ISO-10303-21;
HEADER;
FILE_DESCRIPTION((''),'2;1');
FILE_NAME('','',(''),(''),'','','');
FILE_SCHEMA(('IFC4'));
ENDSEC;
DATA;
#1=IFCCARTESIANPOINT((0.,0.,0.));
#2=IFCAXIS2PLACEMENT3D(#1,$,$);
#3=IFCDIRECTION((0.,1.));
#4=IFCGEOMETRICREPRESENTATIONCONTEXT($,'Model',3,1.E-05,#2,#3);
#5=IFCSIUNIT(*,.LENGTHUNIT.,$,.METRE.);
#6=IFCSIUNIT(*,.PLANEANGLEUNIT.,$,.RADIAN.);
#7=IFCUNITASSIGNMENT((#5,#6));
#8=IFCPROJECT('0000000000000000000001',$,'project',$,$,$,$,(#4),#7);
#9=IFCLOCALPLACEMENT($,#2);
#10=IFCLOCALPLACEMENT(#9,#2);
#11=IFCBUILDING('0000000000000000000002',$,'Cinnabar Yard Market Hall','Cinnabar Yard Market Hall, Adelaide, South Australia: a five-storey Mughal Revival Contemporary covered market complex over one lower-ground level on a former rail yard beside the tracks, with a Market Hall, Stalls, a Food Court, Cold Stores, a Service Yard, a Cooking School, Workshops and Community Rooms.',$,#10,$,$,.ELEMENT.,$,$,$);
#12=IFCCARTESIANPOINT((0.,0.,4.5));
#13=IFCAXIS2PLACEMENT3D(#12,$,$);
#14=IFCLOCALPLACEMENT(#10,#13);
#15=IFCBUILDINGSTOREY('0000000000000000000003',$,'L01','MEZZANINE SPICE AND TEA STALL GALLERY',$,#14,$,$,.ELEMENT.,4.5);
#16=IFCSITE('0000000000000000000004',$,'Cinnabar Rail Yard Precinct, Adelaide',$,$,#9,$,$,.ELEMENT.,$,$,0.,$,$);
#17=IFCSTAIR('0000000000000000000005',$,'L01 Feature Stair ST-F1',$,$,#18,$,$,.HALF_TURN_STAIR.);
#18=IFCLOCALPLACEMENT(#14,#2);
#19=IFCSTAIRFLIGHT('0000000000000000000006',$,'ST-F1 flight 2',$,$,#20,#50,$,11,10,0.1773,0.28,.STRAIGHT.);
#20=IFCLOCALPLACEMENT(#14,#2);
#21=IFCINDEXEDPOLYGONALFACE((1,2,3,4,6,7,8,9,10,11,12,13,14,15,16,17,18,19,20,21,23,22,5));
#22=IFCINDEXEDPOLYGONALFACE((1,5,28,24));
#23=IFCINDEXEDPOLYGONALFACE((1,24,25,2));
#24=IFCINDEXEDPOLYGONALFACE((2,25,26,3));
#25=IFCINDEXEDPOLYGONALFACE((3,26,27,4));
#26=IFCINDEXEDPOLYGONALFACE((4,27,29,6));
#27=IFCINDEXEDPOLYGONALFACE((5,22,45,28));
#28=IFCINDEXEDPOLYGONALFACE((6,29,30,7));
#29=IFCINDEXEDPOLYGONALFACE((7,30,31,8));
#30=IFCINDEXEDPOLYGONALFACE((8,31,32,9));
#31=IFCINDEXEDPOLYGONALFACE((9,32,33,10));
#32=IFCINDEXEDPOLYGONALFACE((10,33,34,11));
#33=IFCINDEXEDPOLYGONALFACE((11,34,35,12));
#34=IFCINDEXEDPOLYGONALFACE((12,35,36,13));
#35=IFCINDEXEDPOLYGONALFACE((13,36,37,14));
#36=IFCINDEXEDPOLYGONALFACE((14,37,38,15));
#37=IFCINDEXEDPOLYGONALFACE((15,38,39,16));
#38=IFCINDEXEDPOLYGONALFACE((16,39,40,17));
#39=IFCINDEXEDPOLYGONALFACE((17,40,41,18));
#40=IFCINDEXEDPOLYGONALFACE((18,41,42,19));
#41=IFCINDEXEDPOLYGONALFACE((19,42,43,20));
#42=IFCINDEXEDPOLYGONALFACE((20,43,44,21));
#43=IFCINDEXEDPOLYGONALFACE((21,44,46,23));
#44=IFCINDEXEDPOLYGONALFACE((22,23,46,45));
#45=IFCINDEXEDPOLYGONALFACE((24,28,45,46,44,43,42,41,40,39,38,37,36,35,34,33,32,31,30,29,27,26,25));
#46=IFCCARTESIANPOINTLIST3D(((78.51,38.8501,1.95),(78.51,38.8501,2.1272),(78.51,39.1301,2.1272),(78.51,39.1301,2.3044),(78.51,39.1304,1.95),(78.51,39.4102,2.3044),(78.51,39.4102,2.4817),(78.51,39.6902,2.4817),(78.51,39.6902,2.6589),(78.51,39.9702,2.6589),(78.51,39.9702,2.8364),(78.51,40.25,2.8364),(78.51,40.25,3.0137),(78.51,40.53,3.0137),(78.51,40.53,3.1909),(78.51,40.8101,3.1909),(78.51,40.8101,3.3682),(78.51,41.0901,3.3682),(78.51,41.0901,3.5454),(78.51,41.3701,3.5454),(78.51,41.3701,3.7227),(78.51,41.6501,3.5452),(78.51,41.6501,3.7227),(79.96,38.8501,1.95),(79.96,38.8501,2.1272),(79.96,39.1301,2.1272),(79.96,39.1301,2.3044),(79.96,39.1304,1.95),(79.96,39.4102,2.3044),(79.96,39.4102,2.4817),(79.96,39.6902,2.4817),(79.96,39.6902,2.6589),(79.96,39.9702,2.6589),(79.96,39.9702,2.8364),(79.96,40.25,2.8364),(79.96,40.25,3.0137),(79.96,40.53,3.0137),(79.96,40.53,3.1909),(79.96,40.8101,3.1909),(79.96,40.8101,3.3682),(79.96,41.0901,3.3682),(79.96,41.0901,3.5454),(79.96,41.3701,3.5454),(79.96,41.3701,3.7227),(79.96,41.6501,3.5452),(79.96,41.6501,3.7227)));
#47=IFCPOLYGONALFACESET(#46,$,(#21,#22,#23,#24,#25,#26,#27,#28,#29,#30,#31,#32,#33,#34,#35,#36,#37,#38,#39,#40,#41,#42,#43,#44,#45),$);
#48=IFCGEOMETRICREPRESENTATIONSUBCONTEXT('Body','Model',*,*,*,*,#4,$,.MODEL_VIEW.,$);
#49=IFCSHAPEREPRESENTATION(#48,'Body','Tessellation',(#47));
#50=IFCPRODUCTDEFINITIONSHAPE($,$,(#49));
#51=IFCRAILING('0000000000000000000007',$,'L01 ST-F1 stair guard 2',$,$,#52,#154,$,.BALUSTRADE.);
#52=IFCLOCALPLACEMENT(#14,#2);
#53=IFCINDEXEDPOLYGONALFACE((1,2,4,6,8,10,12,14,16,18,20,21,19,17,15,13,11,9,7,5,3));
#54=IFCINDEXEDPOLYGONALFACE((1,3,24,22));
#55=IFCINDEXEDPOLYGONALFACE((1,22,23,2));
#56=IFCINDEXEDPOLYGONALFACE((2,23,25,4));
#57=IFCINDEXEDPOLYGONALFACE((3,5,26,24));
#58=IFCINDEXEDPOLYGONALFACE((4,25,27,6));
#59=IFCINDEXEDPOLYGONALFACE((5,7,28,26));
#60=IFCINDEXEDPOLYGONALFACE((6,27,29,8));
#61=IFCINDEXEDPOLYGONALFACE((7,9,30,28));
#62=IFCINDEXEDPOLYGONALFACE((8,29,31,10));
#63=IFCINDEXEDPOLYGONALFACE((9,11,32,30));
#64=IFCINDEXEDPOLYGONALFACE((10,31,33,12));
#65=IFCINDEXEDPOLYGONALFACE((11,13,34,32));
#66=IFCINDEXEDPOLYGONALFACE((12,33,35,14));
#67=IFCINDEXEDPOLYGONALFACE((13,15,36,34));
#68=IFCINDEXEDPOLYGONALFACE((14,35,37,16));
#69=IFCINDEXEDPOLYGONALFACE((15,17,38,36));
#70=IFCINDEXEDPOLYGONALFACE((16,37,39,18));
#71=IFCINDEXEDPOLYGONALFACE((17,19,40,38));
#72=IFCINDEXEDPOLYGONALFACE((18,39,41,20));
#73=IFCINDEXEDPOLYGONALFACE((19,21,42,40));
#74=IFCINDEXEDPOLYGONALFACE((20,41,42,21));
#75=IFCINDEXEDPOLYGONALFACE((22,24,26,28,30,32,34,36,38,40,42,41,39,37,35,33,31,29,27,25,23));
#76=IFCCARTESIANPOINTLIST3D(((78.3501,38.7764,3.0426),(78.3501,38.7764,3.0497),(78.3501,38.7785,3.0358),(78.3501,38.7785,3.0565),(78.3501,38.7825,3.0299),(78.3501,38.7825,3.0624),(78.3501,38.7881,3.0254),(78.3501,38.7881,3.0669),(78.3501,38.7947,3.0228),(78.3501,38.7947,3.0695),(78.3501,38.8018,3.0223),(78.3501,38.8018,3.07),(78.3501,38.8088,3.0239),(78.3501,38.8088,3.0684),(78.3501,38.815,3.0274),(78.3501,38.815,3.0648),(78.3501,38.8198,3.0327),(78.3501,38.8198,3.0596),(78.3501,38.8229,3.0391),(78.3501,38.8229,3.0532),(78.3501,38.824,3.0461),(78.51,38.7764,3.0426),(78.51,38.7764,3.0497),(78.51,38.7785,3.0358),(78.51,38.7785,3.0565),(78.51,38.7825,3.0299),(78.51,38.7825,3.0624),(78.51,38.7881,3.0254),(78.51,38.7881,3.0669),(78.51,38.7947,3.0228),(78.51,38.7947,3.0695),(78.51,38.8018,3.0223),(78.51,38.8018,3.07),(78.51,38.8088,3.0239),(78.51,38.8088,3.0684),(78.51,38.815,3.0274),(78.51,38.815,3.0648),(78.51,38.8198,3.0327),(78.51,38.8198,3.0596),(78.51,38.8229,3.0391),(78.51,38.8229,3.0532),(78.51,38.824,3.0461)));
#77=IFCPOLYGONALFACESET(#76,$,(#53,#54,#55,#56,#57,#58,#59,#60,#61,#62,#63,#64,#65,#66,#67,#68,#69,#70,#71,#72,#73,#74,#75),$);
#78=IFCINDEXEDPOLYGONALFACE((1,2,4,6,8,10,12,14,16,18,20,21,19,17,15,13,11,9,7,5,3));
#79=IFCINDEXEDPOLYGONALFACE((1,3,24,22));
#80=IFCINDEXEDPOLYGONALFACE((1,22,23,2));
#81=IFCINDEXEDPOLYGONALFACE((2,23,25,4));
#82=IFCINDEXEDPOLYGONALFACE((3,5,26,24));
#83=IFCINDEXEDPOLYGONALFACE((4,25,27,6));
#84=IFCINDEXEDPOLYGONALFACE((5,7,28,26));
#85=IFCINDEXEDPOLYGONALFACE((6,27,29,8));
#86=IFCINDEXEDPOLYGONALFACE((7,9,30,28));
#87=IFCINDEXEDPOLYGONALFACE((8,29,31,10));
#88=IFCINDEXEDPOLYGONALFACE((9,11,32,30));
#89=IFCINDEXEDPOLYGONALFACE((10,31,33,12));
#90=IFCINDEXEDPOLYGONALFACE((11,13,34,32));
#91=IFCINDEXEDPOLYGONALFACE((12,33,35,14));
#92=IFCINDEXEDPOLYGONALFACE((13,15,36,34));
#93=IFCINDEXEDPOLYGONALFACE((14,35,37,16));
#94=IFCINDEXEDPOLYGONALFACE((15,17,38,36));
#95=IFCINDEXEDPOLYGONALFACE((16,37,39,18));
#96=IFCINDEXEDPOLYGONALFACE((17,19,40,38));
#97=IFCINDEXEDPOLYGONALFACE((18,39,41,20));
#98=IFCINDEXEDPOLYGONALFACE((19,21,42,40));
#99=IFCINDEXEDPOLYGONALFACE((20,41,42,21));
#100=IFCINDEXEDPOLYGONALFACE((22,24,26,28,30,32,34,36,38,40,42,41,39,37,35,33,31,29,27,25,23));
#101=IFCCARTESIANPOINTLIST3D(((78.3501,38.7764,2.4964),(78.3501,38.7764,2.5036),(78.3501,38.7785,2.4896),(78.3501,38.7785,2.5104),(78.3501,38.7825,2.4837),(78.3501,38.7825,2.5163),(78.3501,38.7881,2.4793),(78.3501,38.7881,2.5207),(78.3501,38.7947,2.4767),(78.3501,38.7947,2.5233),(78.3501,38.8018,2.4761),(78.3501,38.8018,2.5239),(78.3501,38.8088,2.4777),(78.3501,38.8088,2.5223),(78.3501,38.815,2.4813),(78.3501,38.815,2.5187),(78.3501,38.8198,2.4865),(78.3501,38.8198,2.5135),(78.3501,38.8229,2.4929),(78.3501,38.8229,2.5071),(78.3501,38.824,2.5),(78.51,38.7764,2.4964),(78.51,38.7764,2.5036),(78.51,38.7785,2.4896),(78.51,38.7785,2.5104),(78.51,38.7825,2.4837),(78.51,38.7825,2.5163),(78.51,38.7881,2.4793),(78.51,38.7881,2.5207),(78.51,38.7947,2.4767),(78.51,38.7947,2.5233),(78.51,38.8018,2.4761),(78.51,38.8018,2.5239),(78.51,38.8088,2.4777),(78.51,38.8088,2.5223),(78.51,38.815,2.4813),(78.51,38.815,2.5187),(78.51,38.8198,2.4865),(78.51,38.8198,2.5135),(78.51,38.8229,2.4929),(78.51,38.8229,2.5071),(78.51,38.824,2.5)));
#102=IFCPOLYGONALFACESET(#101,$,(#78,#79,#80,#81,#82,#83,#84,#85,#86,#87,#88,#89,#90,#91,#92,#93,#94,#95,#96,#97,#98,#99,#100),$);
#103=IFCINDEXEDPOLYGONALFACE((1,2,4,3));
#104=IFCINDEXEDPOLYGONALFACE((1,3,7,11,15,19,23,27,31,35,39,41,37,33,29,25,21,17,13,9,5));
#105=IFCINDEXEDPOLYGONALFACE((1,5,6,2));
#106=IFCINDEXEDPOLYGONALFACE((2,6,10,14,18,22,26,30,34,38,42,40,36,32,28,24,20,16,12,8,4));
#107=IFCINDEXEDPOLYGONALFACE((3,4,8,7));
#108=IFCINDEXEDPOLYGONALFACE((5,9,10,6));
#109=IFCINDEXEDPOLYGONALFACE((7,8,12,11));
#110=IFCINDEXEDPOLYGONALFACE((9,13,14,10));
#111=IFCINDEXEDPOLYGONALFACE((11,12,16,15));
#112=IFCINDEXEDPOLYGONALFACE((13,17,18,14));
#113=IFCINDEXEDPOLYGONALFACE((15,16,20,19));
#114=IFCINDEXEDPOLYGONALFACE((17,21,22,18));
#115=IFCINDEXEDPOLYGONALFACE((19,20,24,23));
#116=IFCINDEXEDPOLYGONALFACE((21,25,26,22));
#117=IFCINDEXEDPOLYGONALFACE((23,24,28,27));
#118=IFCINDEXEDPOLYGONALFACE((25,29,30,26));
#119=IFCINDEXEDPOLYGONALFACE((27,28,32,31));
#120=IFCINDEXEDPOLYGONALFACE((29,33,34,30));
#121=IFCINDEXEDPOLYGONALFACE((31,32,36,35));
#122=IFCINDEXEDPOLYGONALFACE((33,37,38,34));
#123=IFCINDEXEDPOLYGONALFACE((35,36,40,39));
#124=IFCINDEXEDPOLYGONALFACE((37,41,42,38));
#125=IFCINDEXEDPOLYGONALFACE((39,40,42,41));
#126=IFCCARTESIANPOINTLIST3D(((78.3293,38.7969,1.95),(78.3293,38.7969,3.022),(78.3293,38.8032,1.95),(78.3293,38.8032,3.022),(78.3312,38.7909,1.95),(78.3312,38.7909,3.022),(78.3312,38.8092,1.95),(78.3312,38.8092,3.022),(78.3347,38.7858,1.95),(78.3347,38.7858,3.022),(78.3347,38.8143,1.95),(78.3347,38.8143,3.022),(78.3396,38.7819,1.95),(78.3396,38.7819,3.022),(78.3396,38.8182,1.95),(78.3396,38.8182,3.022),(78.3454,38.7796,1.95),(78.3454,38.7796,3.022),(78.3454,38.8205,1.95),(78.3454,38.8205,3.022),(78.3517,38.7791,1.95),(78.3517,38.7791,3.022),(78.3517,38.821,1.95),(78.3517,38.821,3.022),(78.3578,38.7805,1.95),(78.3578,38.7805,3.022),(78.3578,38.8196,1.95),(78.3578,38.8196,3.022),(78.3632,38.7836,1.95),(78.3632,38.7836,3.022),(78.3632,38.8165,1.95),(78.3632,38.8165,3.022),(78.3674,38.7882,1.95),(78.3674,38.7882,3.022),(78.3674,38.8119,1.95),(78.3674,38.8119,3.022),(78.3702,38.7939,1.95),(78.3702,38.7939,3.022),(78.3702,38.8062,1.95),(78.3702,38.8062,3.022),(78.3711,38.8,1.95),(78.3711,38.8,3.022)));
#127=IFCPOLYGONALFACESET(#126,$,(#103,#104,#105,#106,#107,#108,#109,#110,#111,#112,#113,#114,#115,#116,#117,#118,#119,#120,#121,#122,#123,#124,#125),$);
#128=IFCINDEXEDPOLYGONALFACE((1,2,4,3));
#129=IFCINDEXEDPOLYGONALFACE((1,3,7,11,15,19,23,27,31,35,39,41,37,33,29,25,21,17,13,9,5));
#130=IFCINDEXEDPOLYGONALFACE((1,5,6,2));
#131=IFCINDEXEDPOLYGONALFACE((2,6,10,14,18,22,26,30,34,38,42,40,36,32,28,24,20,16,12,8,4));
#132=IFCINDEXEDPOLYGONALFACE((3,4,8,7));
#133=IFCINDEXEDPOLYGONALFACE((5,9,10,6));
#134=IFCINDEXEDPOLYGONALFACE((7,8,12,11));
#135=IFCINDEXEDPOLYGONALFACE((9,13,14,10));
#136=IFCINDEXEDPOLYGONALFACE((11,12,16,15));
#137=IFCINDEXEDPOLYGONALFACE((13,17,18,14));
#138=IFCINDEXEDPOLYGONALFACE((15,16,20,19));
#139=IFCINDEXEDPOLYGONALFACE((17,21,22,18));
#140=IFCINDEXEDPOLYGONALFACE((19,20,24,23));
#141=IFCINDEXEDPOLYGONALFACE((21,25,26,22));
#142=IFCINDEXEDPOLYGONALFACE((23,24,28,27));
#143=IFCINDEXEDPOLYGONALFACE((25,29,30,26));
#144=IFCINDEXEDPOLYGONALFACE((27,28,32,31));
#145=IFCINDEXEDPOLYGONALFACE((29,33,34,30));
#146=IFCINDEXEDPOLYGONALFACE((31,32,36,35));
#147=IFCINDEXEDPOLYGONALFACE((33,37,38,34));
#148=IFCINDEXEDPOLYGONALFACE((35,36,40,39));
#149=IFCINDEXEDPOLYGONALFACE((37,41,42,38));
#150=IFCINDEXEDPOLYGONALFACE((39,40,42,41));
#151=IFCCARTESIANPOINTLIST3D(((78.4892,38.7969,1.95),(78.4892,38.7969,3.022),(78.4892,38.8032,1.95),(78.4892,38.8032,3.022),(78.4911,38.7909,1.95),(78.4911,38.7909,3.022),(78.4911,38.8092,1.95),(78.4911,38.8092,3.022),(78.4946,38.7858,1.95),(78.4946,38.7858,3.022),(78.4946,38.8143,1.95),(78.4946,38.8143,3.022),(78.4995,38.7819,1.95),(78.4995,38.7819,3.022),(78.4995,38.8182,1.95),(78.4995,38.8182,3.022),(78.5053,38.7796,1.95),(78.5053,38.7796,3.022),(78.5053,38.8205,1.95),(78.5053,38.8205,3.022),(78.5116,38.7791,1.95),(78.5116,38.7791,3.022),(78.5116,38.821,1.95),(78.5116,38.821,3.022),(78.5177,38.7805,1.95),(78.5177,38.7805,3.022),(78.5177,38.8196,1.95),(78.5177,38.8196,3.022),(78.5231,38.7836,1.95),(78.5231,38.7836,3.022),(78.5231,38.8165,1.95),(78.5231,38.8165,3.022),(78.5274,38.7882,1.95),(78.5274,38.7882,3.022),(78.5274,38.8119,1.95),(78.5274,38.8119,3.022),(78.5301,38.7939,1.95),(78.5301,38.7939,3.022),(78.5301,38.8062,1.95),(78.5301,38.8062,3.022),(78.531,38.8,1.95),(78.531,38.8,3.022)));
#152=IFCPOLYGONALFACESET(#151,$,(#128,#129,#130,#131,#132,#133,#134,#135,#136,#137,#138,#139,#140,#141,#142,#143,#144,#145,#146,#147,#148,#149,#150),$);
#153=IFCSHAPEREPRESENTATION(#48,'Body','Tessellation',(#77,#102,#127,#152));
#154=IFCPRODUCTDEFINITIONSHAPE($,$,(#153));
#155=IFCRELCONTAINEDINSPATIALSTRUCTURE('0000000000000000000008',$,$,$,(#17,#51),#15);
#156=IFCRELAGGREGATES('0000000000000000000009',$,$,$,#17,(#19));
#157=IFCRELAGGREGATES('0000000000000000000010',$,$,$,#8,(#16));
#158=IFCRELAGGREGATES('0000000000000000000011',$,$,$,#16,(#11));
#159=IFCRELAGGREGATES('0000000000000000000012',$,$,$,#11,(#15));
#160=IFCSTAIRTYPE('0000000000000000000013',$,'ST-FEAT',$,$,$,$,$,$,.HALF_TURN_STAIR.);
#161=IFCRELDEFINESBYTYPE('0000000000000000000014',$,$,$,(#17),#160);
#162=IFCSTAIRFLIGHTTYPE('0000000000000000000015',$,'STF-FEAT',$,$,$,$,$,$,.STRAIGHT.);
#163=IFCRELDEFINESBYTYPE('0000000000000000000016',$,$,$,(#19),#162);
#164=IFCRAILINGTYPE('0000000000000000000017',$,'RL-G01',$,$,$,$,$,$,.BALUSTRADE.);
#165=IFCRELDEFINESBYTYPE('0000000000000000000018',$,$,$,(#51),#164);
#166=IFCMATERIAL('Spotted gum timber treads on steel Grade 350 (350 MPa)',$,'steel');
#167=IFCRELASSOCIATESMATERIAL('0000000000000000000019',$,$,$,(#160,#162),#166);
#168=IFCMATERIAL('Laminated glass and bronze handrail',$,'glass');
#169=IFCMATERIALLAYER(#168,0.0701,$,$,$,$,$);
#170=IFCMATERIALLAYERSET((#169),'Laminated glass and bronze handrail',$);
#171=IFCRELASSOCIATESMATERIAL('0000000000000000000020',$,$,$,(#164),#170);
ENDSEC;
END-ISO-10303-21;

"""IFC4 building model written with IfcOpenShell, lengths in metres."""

from ifc_helpers import new_model, si_unit, direction, frame, origin, origin_2d_with_axis, place, context, subcontext, project, spatial, polyline, circle, outline, extrude, material, layer, layer_set, type_object, element, aggregate, save


model = new_model("IFC4")

# Units and contexts
model_context = context("Model", 3, precision=1e-05, world=origin(), true_north=direction((0.0, 1.0)))
body_context = subcontext(model_context, "Body", "Model", "MODEL_VIEW")
ifc_project = project(units=[si_unit("LENGTHUNIT", "METRE"), si_unit("PLANEANGLEUNIT", "RADIAN")], contexts=[model_context])

# Site, building, storey
site_placement = place(None, origin())
site = spatial("IfcSite", under=ifc_project, at=site_placement, Name="Cinnabar Rail Yard Precinct, Adelaide", CompositionType="ELEMENT", RefElevation=0.0)
building_placement = place(site_placement, origin())
building = spatial("IfcBuilding", under=site, at=building_placement, Name="Cinnabar Yard Market Hall", Description="Cinnabar Yard Market Hall, Adelaide, South Australia: a five-storey Mughal Revival Contemporary covered market complex over one lower-ground level on a former rail yard beside the tracks, with a Market Hall, Stalls, a Food Court, Cold Stores, a Service Yard, a Cooking School, Workshops and Community Rooms.", CompositionType="ELEMENT")
storey_placement = place(building_placement, frame((0.0, 0.0, 4.5)))
storey = spatial("IfcBuildingStorey", under=building, at=storey_placement, Name="L01", Description="MEZZANINE SPICE AND TEA STALL GALLERY", CompositionType="ELEMENT", Elevation=4.5)

# Stair, stair flight
ifc_material_1 = material(Name="Spotted gum timber treads on steel Grade 350 (350 MPa)", Category="steel")
stair_type = type_object("IfcStairType", Name="ST-FEAT", PredefinedType="HALF_TURN_STAIR", material=ifc_material_1)
stair_placement = place(storey_placement, origin())
stair = element("IfcStair", 1, at=stair_placement, inside=storey, type_object=stair_type, Name="L01 Feature Stair ST-F1", PredefinedType="HALF_TURN_STAIR")
stair_flight_type = type_object("IfcStairFlightType", Name="STF-FEAT", PredefinedType="STRAIGHT", material=ifc_material_1)
stair_flight_1_placement = place(storey_placement, frame((79.2351, 38.8501, 1.95), z_axis=(0.0, 0.0, 1.0), x_axis=(0.0, 1.0, 0.0)))
stair_flight_1 = element("IfcStairFlight", 2, at=stair_flight_1_placement, type_object=stair_flight_type, Name="ST-F1 flight 2", NumberOfRisers=11, NumberOfTreads=10, PredefinedType="STRAIGHT", RiserHeight=0.1773, TreadLength=0.28, context=body_context, shape_type="SweptSolid", body=[
    extrude(outline(polyline([(0.0, 0.0), (0.0, 0.1772), (0.28, 0.1772), (0.28, 0.3545), (0.5601, 0.3545), (0.5601, 0.5317), (0.8401, 0.5317), (0.8401, 0.709), (1.1201, 0.709), (1.1201, 0.8865), (1.3999, 0.8865), (1.3999, 1.0637), (1.6799, 1.0637), (1.6799, 1.241), (1.96, 1.241), (1.96, 1.4182), (2.24, 1.4182), (2.24, 1.5955), (2.52, 1.5955), (2.52, 1.7727), (2.8, 1.7727), (2.8, 1.95), (2.8, 1.5952), (0.2803, 0.0), (0.0, 0.0)])), frame((0.0, 0.7251, 0.0), z_axis=(0.0, -1.0, 0.0), x_axis=(1.0, 0.0, 0.0)), (0.0, 0.0, 1.0), 1.45),
])
aggregate(stair, [stair_flight_1])

# Railing
ifc_material_2 = material(Name="Laminated glass and bronze handrail", Category="glass")
ifc_layer_1 = layer(ifc_material_2, 0.0701)
ifc_layer_set_1 = layer_set([ifc_layer_1], Name="Laminated glass and bronze handrail")
railing_type_1 = type_object("IfcRailingType", Name="RL-G01", PredefinedType="BALUSTRADE", material=ifc_layer_set_1)
railing_1_placement = place(storey_placement, frame((78.3501, 38.8, 1.95)))
element("IfcRailing", 3, at=railing_1_placement, inside=storey, type_object=railing_type_1, Name="L01 ST-F1 stair guard 2", PredefinedType="BALUSTRADE", context=body_context, shape_type="SweptSolid", body=[
    extrude(circle(Radius=0.0239, at=origin_2d_with_axis()), frame((0.0, 0.0, 1.0962), z_axis=(1.0, 0.0, 0.0), x_axis=(0.0, 1.0, 0.0)), (0.0, 0.0, 1.0), 0.1599),
    extrude(circle(Radius=0.0239, at=origin_2d_with_axis()), frame((0.0, 0.0, 0.55), z_axis=(1.0, 0.0, 0.0), x_axis=(0.0, 1.0, 0.0)), (0.0, 0.0, 1.0), 0.1599),
    extrude(circle(Radius=0.021, at=origin_2d_with_axis()), origin(), (0.0, 0.0, 1.0), 1.072),
    extrude(circle(Radius=0.021, at=origin_2d_with_axis()), frame((0.1599, 0.0, 0.0)), (0.0, 0.0, 1.0), 1.072),
])

save(model, "model.ifc")
